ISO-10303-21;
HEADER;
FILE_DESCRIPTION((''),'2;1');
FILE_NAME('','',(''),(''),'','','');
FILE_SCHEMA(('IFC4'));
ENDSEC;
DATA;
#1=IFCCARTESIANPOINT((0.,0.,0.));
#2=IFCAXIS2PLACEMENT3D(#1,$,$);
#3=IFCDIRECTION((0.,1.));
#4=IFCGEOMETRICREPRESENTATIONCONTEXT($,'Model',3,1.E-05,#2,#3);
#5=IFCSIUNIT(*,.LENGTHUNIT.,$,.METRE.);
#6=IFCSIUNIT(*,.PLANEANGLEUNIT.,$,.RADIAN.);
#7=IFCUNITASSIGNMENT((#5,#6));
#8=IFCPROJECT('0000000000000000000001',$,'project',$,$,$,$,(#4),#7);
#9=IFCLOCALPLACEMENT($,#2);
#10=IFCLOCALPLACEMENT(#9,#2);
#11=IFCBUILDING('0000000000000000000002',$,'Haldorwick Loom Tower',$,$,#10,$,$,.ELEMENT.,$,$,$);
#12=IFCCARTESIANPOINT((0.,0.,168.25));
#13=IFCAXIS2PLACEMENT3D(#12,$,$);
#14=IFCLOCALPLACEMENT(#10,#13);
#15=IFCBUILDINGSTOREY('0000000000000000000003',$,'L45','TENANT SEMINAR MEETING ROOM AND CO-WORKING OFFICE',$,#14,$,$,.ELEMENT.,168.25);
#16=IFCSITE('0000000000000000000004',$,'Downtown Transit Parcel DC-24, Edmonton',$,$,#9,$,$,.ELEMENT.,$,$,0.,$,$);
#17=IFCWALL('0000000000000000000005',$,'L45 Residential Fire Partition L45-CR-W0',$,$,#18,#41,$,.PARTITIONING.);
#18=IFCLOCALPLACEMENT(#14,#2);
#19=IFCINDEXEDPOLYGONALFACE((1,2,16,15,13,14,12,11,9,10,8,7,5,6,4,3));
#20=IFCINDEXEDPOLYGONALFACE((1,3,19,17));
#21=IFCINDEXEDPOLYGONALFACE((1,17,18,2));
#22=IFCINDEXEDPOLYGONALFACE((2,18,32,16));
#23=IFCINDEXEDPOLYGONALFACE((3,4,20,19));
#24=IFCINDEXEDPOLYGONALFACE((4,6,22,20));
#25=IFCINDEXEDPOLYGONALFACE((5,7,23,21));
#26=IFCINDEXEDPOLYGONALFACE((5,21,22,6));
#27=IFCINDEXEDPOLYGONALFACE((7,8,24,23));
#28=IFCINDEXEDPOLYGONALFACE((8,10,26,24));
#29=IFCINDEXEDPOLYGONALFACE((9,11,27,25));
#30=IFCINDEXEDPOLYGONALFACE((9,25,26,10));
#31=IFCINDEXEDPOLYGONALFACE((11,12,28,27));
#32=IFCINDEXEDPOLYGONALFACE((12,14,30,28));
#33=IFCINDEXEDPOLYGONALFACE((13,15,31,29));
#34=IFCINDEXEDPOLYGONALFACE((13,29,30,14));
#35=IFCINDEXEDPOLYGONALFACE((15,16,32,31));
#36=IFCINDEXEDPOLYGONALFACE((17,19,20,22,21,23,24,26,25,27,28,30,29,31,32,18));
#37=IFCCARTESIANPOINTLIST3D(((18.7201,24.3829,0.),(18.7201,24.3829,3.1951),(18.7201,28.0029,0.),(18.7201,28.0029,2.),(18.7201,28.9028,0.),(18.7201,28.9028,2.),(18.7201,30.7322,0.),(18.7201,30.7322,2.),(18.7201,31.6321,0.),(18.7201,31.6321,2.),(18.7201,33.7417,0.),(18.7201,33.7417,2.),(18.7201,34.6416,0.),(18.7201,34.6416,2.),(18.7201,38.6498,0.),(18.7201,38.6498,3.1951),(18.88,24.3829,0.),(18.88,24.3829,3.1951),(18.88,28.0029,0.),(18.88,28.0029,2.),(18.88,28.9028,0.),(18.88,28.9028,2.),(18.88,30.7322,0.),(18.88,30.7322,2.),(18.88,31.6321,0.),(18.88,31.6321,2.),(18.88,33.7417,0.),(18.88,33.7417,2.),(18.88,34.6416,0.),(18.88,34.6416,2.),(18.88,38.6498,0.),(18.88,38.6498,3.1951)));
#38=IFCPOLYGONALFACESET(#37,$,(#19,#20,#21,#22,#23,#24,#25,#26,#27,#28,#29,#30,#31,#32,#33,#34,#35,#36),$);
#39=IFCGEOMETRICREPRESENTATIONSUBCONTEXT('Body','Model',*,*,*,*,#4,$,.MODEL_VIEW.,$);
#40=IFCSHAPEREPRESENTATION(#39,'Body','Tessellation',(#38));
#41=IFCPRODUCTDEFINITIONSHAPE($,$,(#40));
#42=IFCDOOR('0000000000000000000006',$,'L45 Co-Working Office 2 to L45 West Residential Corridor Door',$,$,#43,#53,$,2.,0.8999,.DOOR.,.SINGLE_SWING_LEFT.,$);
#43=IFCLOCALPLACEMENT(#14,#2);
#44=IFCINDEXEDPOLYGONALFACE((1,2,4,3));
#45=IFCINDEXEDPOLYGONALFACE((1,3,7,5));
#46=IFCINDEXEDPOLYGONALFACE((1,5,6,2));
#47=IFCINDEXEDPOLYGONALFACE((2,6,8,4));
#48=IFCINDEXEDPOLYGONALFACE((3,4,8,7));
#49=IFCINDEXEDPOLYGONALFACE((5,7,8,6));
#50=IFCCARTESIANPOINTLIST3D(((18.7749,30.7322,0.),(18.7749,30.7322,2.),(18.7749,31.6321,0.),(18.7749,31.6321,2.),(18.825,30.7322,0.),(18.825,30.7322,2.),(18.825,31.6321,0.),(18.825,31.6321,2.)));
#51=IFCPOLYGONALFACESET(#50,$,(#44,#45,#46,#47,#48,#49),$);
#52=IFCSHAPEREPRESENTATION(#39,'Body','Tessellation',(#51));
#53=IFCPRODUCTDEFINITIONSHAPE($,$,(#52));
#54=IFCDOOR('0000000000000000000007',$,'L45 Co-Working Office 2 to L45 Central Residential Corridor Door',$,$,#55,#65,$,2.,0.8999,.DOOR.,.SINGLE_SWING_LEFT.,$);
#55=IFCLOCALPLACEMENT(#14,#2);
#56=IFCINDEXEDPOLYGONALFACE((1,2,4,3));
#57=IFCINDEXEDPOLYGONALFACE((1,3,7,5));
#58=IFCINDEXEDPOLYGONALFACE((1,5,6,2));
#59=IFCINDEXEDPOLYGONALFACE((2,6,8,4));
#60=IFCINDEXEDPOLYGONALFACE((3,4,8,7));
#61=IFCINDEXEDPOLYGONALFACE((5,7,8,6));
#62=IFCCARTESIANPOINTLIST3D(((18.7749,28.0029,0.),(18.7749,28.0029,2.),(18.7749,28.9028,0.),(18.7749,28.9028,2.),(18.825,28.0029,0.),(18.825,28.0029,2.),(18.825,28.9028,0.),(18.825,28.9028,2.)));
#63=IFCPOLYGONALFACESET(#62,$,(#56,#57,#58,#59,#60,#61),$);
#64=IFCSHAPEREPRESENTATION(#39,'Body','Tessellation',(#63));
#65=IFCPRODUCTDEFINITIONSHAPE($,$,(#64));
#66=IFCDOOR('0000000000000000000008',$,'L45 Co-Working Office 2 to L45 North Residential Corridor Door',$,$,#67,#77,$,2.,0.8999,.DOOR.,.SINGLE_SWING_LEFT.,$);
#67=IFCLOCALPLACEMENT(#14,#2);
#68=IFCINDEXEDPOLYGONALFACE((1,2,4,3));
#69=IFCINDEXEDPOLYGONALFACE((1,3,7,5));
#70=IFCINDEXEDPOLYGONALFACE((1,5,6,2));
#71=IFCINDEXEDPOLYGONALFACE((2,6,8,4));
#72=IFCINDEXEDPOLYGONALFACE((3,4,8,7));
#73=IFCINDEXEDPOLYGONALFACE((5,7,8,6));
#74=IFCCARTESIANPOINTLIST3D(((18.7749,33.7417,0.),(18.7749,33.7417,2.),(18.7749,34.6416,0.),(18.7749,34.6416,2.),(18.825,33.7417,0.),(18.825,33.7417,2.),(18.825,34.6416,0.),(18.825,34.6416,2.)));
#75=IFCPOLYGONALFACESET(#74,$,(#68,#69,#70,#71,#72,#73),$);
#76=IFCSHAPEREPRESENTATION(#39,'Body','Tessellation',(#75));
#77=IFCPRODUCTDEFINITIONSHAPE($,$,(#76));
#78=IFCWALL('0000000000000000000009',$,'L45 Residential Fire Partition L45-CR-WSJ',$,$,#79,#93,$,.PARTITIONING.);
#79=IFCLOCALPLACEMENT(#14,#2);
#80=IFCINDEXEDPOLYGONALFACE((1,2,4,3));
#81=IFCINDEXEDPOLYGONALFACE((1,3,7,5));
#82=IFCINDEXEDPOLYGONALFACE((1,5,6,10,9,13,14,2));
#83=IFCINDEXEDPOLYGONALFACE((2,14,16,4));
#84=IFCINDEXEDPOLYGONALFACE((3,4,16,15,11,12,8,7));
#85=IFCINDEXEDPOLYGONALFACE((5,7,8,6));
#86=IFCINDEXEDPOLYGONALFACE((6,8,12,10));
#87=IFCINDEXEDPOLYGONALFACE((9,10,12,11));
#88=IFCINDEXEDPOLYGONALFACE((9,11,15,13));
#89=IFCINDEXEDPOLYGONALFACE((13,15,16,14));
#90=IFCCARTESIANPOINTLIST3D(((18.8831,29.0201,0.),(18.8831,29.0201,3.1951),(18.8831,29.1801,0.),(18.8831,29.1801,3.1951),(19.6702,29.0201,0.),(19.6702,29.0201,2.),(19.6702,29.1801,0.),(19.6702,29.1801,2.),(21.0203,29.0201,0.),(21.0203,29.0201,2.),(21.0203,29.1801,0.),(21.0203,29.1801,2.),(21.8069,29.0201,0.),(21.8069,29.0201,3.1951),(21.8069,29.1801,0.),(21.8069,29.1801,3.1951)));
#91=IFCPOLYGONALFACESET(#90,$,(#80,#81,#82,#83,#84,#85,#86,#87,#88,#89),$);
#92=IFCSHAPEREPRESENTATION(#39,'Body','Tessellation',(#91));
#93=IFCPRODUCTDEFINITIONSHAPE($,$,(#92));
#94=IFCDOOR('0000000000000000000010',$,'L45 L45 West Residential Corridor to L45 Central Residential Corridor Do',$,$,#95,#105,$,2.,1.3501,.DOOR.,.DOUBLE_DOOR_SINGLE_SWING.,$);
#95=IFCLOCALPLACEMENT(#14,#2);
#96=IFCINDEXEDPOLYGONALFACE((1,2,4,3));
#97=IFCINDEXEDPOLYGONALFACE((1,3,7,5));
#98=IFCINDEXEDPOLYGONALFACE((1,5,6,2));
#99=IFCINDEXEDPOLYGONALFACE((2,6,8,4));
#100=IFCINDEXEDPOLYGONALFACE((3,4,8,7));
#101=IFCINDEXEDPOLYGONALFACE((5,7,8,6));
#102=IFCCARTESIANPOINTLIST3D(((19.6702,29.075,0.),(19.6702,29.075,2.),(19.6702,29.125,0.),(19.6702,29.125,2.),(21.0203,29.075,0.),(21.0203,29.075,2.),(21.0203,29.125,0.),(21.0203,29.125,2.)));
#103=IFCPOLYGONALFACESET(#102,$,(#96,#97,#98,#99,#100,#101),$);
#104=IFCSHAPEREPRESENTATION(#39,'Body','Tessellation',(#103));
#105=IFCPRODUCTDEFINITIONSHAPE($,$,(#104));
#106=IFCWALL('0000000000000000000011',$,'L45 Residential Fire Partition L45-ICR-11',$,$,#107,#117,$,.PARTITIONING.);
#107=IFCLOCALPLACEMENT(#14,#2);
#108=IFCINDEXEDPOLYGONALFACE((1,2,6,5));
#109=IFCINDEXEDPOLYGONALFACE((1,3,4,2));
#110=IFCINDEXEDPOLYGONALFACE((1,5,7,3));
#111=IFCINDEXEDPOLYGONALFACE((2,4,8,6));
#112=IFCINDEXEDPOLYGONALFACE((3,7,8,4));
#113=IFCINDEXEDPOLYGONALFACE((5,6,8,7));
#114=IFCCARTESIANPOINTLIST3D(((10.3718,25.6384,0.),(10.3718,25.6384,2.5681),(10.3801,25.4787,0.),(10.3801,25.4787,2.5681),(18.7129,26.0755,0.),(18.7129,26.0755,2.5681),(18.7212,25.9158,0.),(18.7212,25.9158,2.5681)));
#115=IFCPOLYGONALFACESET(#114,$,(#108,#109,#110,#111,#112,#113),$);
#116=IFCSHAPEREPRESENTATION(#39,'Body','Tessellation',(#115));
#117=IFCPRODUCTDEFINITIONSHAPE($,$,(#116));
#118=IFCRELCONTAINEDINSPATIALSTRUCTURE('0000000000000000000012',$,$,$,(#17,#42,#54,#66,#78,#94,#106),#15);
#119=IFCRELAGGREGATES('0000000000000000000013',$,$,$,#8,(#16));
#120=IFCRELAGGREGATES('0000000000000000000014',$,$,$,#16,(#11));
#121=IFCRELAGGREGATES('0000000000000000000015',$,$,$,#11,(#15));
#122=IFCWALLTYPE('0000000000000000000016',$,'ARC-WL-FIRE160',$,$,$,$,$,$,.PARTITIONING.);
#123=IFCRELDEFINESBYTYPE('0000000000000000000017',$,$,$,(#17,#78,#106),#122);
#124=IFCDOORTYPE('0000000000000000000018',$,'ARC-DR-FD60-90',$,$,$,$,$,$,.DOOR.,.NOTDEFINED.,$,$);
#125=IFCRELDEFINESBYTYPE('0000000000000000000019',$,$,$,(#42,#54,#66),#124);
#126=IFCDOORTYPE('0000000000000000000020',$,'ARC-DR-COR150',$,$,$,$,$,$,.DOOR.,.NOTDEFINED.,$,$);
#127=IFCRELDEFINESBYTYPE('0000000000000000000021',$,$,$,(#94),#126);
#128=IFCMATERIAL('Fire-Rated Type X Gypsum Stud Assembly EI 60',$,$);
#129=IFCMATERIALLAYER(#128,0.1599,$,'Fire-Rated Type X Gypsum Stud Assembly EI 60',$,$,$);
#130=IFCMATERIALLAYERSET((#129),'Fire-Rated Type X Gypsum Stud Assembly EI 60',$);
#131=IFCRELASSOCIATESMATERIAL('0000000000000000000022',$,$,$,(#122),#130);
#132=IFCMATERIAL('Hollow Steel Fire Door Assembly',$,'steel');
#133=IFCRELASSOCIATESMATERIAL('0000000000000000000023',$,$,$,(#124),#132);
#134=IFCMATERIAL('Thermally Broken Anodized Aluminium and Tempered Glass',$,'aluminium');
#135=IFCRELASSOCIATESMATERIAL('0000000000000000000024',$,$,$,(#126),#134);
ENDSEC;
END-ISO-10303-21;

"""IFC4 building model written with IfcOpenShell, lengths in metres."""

from ifc_helpers import new_model, si_unit, direction, frame, frame_2d, origin, place, context, subcontext, project, spatial, rectangle, extrude, material, layer, layer_set, type_object, element, fill, save


model = new_model("IFC4")

# Units and contexts
model_context = context("Model", 3, precision=1e-05, world=origin(), true_north=direction((0.0, 1.0)))
body_context = subcontext(model_context, "Body", "Model", "MODEL_VIEW")
ifc_project = project(units=[si_unit("LENGTHUNIT", "METRE"), si_unit("PLANEANGLEUNIT", "RADIAN")], contexts=[model_context])

# Site, building, storey
site_placement = place(None, origin())
site = spatial("IfcSite", under=ifc_project, at=site_placement, Name="Downtown Transit Parcel DC-24, Edmonton", CompositionType="ELEMENT", RefElevation=0.0)
building_placement = place(site_placement, origin())
building = spatial("IfcBuilding", under=site, at=building_placement, Name="Haldorwick Loom Tower", CompositionType="ELEMENT")
storey_placement = place(building_placement, frame((0.0, 0.0, 168.25)))
storey = spatial("IfcBuildingStorey", under=building, at=storey_placement, Name="L45", Description="TENANT SEMINAR MEETING ROOM AND CO-WORKING OFFICE", CompositionType="ELEMENT", Elevation=168.25)

# Wall, openings, doors
ifc_material_1 = material(Name="Fire-Rated Type X Gypsum Stud Assembly EI 60")
ifc_layer_1 = layer(ifc_material_1, 0.1599, Name="Fire-Rated Type X Gypsum Stud Assembly EI 60")
ifc_layer_set_1 = layer_set([ifc_layer_1], Name="Fire-Rated Type X Gypsum Stud Assembly EI 60")
wall_type_1 = type_object("IfcWallType", Name="ARC-WL-FIRE160", PredefinedType="PARTITIONING", material=ifc_layer_set_1)
ifc_material_2 = material(Name="Hollow Steel Fire Door Assembly", Category="steel")
door_type_1 = type_object("IfcDoorType", Name="ARC-DR-FD60-90", OperationType="NOTDEFINED", PredefinedType="DOOR", material=ifc_material_2)
wall_1_placement = place(storey_placement, frame((18.8, 24.3831, 0.0), z_axis=(0.0, 0.0, 1.0), x_axis=(0.0, 1.0, 0.0)))
wall_1 = element("IfcWall", 1, at=wall_1_placement, inside=storey, type_object=wall_type_1, Name="L45 Residential Fire Partition L45-CR-W0", PredefinedType="PARTITIONING", context=body_context, shape_type="SweptSolid", body=[
    extrude(rectangle(XDim=14.2668, YDim=0.1599, at=frame_2d((7.1333, 0.0))), origin(), (0.0, 0.0, 1.0), 3.1951),
])
opening_1_placement = place(wall_1_placement, frame((6.3491, 0.0, 0.0)))
opening_1 = element("IfcOpeningElement", 2, at=opening_1_placement, cuts=wall_1, PredefinedType="OPENING", context=body_context, shape_type="SweptSolid", body=[
    extrude(rectangle(XDim=0.8999, YDim=2.0, at=frame_2d((0.45, 1.0))), frame((0.0, 0.0898, 0.0), z_axis=(0.0, -1.0, 0.0), x_axis=(1.0, 0.0, 0.0)), (0.0, 0.0, 1.0), 0.1799),
])
opening_2_placement = place(wall_1_placement, frame((3.6199, 0.0, 0.0)))
opening_2 = element("IfcOpeningElement", 3, at=opening_2_placement, cuts=wall_1, PredefinedType="OPENING", context=body_context, shape_type="SweptSolid", body=[
    extrude(rectangle(XDim=0.8999, YDim=2.0, at=frame_2d((0.45, 1.0))), frame((0.0, 0.0898, 0.0), z_axis=(0.0, -1.0, 0.0), x_axis=(1.0, 0.0, 0.0)), (0.0, 0.0, 1.0), 0.1799),
])
opening_3_placement = place(wall_1_placement, frame((9.3586, 0.0, 0.0)))
opening_3 = element("IfcOpeningElement", 4, at=opening_3_placement, cuts=wall_1, PredefinedType="OPENING", context=body_context, shape_type="SweptSolid", body=[
    extrude(rectangle(XDim=0.8999, YDim=2.0, at=frame_2d((0.45, 1.0))), frame((0.0, 0.0898, 0.0), z_axis=(0.0, -1.0, 0.0), x_axis=(1.0, 0.0, 0.0)), (0.0, 0.0, 1.0), 0.1799),
])
door_1_placement = place(opening_1_placement, frame((0.8999, 0.0, 0.0), z_axis=(0.0, 0.0, 1.0), x_axis=(-1.0, 0.0, 0.0)))
door_1 = element("IfcDoor", 5, at=door_1_placement, inside=storey, type_object=door_type_1, Name="L45 Co-Working Office 2 to L45 West Residential Corridor Door", OperationType="SINGLE_SWING_LEFT", OverallHeight=2.0, OverallWidth=0.8999, PredefinedType="DOOR", context=body_context, shape_type="SweptSolid", body=[
    extrude(rectangle(XDim=0.8999, YDim=2.0, at=frame_2d((0.45, 1.0))), frame((0.0, 0.0249, 0.0), z_axis=(0.0, -1.0, 0.0), x_axis=(1.0, 0.0, 0.0)), (0.0, 0.0, 1.0), 0.05),
])
fill(opening_1, door_1)
door_2_placement = place(opening_2_placement, frame((0.8999, 0.0, 0.0), z_axis=(0.0, 0.0, 1.0), x_axis=(-1.0, 0.0, 0.0)))
door_2 = element("IfcDoor", 6, at=door_2_placement, inside=storey, type_object=door_type_1, Name="L45 Co-Working Office 2 to L45 Central Residential Corridor Door", OperationType="SINGLE_SWING_LEFT", OverallHeight=2.0, OverallWidth=0.8999, PredefinedType="DOOR", context=body_context, shape_type="SweptSolid", body=[
    extrude(rectangle(XDim=0.8999, YDim=2.0, at=frame_2d((0.45, 1.0))), frame((0.0, 0.0249, 0.0), z_axis=(0.0, -1.0, 0.0), x_axis=(1.0, 0.0, 0.0)), (0.0, 0.0, 1.0), 0.05),
])
fill(opening_2, door_2)
door_3_placement = place(opening_3_placement, frame((0.8999, 0.0, 0.0), z_axis=(0.0, 0.0, 1.0), x_axis=(-1.0, 0.0, 0.0)))
door_3 = element("IfcDoor", 7, at=door_3_placement, inside=storey, type_object=door_type_1, Name="L45 Co-Working Office 2 to L45 North Residential Corridor Door", OperationType="SINGLE_SWING_LEFT", OverallHeight=2.0, OverallWidth=0.8999, PredefinedType="DOOR", context=body_context, shape_type="SweptSolid", body=[
    extrude(rectangle(XDim=0.8999, YDim=2.0, at=frame_2d((0.45, 1.0))), frame((0.0, 0.0249, 0.0), z_axis=(0.0, -1.0, 0.0), x_axis=(1.0, 0.0, 0.0)), (0.0, 0.0, 1.0), 0.05),
])
fill(opening_3, door_3)

# Wall, opening, door
wall_2_placement = place(storey_placement, frame((18.8831, 29.1001, 0.0), z_axis=(0.0, 0.0, 1.0), x_axis=(1.0, 0.0, 0.0)))
wall_2 = element("IfcWall", 8, at=wall_2_placement, inside=storey, type_object=wall_type_1, Name="L45 Residential Fire Partition L45-CR-WSJ", PredefinedType="PARTITIONING", context=body_context, shape_type="SweptSolid", body=[
    extrude(rectangle(XDim=2.9238, YDim=0.1599, at=frame_2d((1.4619, 0.0))), origin(), (0.0, 0.0, 1.0), 3.1951),
])
opening_4_placement = place(wall_2_placement, frame((0.7871, 0.0, 0.0)))
opening_4 = element("IfcOpeningElement", 9, at=opening_4_placement, cuts=wall_2, PredefinedType="OPENING", context=body_context, shape_type="SweptSolid", body=[
    extrude(rectangle(XDim=1.3501, YDim=2.0, at=frame_2d((0.675, 1.0))), frame((0.0, 0.0898, 0.0), z_axis=(0.0, -1.0, 0.0), x_axis=(1.0, 0.0, 0.0)), (0.0, 0.0, 1.0), 0.1799),
])
ifc_material_3 = material(Name="Thermally Broken Anodized Aluminium and Tempered Glass", Category="aluminium")
door_type_2 = type_object("IfcDoorType", Name="ARC-DR-COR150", OperationType="NOTDEFINED", PredefinedType="DOOR", material=ifc_material_3)
door_4_placement = place(opening_4_placement, origin())
door_4 = element("IfcDoor", 10, at=door_4_placement, inside=storey, type_object=door_type_2, Name="L45 L45 West Residential Corridor to L45 Central Residential Corridor Do", OperationType="DOUBLE_DOOR_SINGLE_SWING", OverallHeight=2.0, OverallWidth=1.3501, PredefinedType="DOOR", context=body_context, shape_type="SweptSolid", body=[
    extrude(rectangle(XDim=1.3501, YDim=2.0, at=frame_2d((0.675, 1.0))), frame((0.0, 0.0249, 0.0), z_axis=(0.0, -1.0, 0.0), x_axis=(1.0, 0.0, 0.0)), (0.0, 0.0, 1.0), 0.05),
])
fill(opening_4, door_4)

# Wall
wall_3_placement = place(storey_placement, frame((18.717, 25.9956, 0.0), z_axis=(0.0, 0.0, 1.0), x_axis=(-0.99863, -0.052321, 0.0)))
element("IfcWall", 11, at=wall_3_placement, inside=storey, type_object=wall_type_1, Name="L45 Residential Fire Partition L45-ICR-11", PredefinedType="PARTITIONING", context=body_context, shape_type="SweptSolid", body=[
    extrude(rectangle(XDim=8.3525, YDim=0.1599, at=frame_2d((4.1763, 0.0))), origin(), (0.0, 0.0, 1.0), 2.5681),
])

save(model, "model.ifc")
